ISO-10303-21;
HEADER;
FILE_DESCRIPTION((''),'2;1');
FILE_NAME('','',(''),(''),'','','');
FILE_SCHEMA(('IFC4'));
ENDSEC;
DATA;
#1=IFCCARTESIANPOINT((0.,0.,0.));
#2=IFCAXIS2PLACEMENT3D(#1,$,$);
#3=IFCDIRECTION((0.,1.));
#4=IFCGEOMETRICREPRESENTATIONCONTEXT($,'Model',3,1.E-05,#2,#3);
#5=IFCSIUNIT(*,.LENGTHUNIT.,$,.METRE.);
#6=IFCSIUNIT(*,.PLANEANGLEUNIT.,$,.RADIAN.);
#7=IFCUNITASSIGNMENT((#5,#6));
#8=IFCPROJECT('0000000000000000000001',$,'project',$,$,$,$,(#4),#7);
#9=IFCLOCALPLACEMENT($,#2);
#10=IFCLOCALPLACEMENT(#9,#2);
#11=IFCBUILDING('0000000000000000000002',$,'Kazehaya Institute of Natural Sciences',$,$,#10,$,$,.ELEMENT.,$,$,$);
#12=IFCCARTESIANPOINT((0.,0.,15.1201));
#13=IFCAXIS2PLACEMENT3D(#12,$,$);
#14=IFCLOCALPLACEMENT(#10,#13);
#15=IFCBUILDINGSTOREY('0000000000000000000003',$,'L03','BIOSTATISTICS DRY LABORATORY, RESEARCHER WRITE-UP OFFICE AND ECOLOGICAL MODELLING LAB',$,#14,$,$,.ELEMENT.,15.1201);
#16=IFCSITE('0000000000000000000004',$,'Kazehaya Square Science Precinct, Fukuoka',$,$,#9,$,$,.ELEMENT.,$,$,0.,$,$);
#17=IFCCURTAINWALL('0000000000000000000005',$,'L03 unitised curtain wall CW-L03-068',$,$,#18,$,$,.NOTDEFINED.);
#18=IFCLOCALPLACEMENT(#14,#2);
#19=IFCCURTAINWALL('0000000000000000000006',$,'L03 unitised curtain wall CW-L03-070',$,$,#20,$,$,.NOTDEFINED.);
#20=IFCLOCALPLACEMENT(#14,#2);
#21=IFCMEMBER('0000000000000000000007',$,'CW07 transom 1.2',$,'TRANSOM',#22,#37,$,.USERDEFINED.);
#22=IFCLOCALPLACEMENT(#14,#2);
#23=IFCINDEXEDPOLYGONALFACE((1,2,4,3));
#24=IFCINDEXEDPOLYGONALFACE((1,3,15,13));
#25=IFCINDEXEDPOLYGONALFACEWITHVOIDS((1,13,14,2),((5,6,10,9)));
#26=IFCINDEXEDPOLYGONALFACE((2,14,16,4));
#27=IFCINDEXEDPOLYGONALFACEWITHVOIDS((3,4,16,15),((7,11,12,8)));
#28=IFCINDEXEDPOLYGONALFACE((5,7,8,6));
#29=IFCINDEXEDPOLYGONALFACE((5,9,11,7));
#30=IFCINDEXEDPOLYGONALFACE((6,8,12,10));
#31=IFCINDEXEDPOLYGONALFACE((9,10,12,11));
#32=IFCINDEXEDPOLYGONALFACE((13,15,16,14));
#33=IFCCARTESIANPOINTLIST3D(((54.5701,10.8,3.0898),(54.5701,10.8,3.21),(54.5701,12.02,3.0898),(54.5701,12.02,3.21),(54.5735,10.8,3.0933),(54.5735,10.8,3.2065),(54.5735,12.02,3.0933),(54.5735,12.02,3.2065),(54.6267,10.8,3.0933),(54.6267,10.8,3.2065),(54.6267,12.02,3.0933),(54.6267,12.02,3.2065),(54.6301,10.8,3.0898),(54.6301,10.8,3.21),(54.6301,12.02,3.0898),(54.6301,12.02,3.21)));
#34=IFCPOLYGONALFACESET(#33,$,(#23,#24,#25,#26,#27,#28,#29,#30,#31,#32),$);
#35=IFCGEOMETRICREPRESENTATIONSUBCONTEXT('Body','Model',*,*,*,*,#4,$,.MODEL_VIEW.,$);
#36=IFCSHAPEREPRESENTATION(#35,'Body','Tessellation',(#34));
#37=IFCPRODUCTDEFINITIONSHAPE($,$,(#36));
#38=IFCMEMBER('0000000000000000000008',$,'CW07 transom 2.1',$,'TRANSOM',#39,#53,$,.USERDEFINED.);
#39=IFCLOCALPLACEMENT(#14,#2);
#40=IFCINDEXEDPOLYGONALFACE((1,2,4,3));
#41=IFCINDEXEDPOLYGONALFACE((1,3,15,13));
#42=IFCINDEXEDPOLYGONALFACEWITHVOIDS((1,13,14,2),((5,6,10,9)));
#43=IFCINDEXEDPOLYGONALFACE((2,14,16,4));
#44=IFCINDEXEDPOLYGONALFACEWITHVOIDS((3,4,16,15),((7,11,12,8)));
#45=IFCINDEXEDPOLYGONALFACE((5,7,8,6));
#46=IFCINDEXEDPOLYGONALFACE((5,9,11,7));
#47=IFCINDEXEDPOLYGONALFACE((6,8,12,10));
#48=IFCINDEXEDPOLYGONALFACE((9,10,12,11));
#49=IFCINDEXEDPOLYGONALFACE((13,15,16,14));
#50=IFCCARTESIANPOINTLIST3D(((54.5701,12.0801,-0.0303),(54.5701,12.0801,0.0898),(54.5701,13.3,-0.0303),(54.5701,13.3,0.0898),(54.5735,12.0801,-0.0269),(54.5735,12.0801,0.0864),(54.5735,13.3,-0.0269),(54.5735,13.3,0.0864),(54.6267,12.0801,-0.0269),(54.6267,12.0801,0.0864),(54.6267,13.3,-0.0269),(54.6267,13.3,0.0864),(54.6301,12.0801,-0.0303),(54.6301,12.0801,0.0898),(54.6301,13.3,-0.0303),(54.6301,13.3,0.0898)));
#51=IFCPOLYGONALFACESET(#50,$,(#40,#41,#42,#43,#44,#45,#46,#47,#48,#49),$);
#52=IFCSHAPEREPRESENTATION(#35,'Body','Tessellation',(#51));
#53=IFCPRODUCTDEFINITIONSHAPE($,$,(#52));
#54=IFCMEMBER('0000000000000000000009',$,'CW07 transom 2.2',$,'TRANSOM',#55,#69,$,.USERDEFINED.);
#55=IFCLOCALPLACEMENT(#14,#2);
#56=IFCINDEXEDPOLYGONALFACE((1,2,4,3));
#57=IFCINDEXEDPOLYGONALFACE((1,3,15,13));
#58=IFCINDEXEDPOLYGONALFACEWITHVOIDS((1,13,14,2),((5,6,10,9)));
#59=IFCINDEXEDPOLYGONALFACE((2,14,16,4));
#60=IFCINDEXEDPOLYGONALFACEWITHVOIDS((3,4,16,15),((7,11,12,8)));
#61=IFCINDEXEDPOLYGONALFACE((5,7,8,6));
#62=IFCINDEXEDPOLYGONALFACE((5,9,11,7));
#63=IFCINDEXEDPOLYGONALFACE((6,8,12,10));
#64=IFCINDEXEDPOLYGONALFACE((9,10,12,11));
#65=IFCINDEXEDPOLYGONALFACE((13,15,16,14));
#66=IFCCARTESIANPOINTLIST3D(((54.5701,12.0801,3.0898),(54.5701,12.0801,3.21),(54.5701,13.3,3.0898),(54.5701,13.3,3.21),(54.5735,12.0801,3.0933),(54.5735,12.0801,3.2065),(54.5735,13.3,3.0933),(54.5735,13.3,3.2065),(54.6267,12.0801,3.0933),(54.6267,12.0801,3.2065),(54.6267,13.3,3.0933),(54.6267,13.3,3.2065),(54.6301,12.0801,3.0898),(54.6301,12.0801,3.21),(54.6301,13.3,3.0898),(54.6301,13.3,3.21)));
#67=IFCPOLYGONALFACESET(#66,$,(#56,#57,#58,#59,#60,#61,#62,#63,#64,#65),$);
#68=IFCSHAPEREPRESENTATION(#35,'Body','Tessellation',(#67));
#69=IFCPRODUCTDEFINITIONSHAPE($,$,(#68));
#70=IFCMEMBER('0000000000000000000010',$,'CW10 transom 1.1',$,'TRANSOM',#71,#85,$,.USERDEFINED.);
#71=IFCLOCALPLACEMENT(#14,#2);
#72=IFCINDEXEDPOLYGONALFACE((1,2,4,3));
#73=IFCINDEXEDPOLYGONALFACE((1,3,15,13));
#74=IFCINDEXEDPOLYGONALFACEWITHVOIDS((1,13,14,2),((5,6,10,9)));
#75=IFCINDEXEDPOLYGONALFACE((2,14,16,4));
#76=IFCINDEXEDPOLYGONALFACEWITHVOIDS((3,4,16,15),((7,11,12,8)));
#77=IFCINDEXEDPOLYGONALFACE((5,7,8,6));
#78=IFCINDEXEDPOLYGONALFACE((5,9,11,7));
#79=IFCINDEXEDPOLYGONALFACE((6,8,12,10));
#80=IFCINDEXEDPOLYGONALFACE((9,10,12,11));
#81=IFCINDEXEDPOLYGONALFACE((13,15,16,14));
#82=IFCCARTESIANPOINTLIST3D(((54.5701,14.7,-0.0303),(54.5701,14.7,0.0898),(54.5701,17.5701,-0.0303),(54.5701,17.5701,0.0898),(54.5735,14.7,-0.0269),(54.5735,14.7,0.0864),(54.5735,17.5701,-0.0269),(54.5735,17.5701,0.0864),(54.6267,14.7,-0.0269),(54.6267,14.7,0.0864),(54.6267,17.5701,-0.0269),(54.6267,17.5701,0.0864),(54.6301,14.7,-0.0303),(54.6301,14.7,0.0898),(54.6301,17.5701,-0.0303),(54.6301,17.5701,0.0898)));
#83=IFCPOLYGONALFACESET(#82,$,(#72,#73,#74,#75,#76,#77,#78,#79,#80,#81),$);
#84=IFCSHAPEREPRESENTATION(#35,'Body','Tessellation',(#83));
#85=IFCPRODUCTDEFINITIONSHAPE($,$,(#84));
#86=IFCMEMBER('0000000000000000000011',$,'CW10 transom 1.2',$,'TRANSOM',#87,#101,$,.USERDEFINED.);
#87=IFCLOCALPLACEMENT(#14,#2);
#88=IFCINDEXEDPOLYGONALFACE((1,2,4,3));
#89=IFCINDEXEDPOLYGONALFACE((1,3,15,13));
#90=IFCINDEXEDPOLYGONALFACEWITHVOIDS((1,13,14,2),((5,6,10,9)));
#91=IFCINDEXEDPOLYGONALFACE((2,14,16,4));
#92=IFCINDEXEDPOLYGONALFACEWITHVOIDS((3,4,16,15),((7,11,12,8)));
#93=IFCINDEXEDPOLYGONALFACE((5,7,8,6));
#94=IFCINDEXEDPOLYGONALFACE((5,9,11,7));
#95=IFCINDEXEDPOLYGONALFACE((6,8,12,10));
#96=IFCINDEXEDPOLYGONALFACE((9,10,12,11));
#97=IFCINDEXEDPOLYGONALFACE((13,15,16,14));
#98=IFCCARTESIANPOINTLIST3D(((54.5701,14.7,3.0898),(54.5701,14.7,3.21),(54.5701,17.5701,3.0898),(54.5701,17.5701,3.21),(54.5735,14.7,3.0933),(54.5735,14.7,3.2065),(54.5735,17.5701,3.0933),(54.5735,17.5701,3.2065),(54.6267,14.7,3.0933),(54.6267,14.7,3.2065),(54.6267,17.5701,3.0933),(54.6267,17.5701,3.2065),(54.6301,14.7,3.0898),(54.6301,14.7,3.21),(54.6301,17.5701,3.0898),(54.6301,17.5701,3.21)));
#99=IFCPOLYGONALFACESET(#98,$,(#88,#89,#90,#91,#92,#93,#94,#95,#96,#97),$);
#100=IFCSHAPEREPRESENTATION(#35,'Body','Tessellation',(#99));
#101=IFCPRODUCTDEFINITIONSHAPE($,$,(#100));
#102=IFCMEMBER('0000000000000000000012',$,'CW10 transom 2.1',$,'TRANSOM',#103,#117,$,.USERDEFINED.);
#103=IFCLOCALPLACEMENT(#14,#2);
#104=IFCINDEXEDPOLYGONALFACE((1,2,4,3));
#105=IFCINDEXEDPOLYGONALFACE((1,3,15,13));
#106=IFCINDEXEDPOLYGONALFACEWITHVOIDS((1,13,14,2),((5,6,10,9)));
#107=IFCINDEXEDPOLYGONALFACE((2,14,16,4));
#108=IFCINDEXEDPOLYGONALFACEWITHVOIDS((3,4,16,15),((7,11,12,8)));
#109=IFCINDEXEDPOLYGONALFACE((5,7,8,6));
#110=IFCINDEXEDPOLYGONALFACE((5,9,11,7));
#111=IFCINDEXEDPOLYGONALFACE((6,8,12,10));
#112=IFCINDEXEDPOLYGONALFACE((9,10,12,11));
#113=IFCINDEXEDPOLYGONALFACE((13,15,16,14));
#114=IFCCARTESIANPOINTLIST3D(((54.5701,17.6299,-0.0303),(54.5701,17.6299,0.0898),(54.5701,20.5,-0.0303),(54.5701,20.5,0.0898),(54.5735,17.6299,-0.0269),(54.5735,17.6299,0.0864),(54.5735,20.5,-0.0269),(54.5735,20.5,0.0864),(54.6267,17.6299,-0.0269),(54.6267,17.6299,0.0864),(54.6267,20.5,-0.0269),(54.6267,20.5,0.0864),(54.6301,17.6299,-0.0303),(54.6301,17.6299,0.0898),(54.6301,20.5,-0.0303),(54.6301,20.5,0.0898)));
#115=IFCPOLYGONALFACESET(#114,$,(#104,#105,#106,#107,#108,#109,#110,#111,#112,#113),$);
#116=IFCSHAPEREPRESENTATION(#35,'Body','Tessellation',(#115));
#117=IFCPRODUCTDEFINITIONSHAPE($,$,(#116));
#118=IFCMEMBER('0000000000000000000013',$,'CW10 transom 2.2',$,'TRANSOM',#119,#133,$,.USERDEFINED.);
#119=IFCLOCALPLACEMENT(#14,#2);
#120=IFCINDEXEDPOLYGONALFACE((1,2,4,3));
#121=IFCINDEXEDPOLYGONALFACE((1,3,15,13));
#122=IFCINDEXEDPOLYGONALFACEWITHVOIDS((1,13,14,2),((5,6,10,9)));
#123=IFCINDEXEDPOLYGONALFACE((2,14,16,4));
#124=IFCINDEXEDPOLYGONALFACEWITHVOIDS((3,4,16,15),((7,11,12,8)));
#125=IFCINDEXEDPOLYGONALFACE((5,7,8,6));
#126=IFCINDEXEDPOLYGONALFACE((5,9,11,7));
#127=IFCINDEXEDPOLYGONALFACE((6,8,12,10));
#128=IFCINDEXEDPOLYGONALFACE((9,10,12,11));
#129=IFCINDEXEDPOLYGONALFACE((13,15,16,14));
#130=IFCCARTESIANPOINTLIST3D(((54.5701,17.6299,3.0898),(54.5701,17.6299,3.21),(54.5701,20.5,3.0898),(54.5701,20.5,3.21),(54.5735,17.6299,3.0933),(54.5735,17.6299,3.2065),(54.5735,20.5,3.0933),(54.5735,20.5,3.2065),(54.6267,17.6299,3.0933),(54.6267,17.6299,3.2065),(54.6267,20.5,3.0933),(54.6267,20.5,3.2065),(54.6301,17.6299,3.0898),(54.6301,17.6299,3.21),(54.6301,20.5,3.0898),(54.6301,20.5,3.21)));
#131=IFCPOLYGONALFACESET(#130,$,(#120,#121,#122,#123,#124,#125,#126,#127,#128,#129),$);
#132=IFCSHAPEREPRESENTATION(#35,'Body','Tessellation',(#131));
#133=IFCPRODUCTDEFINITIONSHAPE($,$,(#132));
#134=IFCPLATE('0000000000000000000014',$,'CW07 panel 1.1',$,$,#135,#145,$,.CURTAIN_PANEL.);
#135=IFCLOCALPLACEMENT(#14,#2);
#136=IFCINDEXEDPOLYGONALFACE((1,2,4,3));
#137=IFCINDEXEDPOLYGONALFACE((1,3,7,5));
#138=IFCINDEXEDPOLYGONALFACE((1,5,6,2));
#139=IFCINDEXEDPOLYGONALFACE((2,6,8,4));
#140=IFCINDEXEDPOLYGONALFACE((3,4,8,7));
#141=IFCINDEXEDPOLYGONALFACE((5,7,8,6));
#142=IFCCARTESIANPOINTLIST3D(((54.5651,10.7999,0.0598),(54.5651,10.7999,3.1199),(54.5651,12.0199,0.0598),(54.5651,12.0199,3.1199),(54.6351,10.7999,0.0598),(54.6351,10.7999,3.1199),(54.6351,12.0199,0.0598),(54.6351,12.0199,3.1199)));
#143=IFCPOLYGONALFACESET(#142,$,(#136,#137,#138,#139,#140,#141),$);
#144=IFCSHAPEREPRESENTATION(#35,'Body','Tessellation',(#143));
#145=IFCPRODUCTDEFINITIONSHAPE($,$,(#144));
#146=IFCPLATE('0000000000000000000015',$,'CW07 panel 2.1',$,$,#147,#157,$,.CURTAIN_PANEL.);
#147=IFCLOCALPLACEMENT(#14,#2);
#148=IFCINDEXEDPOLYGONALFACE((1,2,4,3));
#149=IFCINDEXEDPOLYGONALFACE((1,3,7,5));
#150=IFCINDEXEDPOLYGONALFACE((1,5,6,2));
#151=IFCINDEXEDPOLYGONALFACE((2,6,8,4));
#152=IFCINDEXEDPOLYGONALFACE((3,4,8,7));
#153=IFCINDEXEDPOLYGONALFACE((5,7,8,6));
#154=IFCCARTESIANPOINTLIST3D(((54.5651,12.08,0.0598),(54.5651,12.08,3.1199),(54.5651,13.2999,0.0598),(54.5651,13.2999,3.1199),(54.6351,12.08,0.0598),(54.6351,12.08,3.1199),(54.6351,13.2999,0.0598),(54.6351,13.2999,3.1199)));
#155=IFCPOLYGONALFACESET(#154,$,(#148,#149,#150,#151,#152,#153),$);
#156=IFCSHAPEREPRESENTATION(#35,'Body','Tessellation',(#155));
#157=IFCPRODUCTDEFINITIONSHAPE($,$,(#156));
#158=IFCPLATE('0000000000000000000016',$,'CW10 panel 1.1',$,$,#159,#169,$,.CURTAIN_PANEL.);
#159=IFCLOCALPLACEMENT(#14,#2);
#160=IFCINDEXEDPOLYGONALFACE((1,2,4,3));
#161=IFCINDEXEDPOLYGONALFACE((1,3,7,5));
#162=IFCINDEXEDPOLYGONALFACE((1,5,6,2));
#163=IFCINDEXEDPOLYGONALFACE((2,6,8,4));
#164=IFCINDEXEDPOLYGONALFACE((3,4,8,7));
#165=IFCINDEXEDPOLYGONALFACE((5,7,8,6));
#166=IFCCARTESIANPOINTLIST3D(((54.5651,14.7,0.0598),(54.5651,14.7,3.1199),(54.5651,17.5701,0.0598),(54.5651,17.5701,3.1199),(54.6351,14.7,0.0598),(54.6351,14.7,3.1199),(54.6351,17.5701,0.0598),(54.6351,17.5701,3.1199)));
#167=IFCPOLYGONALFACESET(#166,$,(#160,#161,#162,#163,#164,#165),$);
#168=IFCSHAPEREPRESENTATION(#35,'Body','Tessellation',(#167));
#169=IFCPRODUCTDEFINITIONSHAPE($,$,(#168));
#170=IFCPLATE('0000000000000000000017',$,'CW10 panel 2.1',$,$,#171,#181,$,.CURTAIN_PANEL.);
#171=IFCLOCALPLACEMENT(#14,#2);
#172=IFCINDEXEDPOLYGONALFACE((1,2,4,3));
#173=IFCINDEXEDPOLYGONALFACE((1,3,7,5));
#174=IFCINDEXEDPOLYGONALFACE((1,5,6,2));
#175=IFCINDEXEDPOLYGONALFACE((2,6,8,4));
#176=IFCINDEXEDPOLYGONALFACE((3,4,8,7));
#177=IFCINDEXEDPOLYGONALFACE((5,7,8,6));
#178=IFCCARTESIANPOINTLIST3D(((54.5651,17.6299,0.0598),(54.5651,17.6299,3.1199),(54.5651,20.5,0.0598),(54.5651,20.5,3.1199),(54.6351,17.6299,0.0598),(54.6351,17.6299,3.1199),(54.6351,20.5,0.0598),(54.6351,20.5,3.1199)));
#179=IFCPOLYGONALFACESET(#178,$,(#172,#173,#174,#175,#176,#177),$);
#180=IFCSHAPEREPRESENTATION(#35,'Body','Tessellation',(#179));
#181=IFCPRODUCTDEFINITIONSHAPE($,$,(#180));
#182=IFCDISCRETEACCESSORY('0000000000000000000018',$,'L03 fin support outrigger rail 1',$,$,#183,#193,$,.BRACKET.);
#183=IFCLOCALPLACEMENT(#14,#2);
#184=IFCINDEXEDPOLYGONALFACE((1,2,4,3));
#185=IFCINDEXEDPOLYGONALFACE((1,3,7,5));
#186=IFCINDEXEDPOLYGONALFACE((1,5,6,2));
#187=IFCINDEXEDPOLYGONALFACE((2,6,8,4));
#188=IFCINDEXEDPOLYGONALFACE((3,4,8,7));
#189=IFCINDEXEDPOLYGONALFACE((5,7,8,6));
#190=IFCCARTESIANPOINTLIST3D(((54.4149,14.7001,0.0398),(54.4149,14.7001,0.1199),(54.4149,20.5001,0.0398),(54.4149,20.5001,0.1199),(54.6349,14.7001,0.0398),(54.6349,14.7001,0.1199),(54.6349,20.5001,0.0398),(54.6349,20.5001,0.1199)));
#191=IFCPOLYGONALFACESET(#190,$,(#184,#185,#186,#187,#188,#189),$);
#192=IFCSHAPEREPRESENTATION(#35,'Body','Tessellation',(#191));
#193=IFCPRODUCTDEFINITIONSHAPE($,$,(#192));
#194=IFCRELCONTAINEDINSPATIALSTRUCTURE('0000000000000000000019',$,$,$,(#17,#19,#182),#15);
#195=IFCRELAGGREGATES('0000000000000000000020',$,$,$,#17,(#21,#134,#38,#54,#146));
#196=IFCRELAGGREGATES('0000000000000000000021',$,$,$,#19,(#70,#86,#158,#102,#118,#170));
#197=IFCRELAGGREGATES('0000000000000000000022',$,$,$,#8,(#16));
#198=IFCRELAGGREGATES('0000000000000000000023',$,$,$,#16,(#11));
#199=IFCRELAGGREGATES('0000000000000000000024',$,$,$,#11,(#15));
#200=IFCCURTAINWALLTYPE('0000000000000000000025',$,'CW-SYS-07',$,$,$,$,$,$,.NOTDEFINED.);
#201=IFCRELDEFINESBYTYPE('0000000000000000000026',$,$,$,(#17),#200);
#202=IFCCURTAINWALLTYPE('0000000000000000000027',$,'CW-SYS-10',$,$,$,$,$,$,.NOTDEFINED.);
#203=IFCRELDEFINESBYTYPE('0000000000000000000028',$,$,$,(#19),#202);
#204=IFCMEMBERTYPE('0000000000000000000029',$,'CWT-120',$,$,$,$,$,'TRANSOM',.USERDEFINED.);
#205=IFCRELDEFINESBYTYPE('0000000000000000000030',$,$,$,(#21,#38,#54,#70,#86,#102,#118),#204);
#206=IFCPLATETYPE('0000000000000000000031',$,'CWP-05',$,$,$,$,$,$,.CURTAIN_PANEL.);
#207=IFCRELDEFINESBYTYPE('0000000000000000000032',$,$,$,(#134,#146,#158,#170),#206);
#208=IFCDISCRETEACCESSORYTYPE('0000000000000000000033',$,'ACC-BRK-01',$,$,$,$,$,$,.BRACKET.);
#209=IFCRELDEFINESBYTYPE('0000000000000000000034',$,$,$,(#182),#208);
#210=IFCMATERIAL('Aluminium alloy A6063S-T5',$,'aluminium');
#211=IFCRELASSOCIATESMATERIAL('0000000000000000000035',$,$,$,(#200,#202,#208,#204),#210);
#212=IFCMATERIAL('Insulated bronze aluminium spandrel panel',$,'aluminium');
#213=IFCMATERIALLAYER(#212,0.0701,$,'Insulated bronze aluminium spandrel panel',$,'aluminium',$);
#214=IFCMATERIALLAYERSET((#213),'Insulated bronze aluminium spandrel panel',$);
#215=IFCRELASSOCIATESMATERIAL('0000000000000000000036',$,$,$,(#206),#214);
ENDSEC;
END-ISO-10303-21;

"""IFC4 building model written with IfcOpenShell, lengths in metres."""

from ifc_helpers import new_model, si_unit, direction, frame, origin, origin_2d, place, context, subcontext, project, spatial, rectangle, hollow_rectangle, extrude, material, layer, layer_set, material_profile, profile_set, type_object, element, aggregate, save


model = new_model("IFC4")

# Units and contexts
model_context = context("Model", 3, precision=1e-05, world=origin(), true_north=direction((0.0, 1.0)))
body_context = subcontext(model_context, "Body", "Model", "MODEL_VIEW")
ifc_project = project(units=[si_unit("LENGTHUNIT", "METRE"), si_unit("PLANEANGLEUNIT", "RADIAN")], contexts=[model_context])

# Site, building, storey
site_placement = place(None, origin())
site = spatial("IfcSite", under=ifc_project, at=site_placement, Name="Kazehaya Square Science Precinct, Fukuoka", CompositionType="ELEMENT", RefElevation=0.0)
building_placement = place(site_placement, origin())
building = spatial("IfcBuilding", under=site, at=building_placement, Name="Kazehaya Institute of Natural Sciences", CompositionType="ELEMENT")
storey_placement = place(building_placement, frame((0.0, 0.0, 15.1201)))
storey = spatial("IfcBuildingStorey", under=building, at=storey_placement, Name="L03", Description="BIOSTATISTICS DRY LABORATORY, RESEARCHER WRITE-UP OFFICE AND ECOLOGICAL MODELLING LAB", CompositionType="ELEMENT", Elevation=15.1201)

# Curtain walls
ifc_material_1 = material(Name="Aluminium alloy A6063S-T5", Category="aluminium")
curtain_wall_type_1 = type_object("IfcCurtainWallType", Name="CW-SYS-07", PredefinedType="NOTDEFINED", material=ifc_material_1)
curtain_wall_1_placement = place(storey_placement, origin())
curtain_wall_1 = element("IfcCurtainWall", 1, at=curtain_wall_1_placement, inside=storey, type_object=curtain_wall_type_1, Name="L03 unitised curtain wall CW-L03-068", PredefinedType="NOTDEFINED")
curtain_wall_type_2 = type_object("IfcCurtainWallType", Name="CW-SYS-10", PredefinedType="NOTDEFINED", material=ifc_material_1)
curtain_wall_2_placement = place(storey_placement, origin())
curtain_wall_2 = element("IfcCurtainWall", 2, at=curtain_wall_2_placement, inside=storey, type_object=curtain_wall_type_2, Name="L03 unitised curtain wall CW-L03-070", PredefinedType="NOTDEFINED")

# Members
ifc_material_profile_1 = material_profile(ifc_material_1, hollow_rectangle(XDim=0.0601, YDim=0.1201, WallThickness=0.0034, at=origin_2d()), Name="ALU-60x120x3.5")
ifc_profile_set_1 = profile_set([ifc_material_profile_1], Name="Aluminium alloy A6063S-T5")
member_type_1 = type_object("IfcMemberType", Name="CWT-120", ElementType="TRANSOM", PredefinedType="USERDEFINED", material=ifc_profile_set_1)
member_1_placement = place(storey_placement, frame((54.6001, 10.8, 3.1499), z_axis=(0.0, 1.0, 0.0), x_axis=(-1.0, 0.0, 0.0)))
member_1 = element("IfcMember", 3, at=member_1_placement, type_object=member_type_1, Name="CW07 transom 1.2", ObjectType="TRANSOM", PredefinedType="USERDEFINED", context=body_context, shape_type="SweptSolid", body=[
    extrude(hollow_rectangle(XDim=0.0601, YDim=0.1201, WallThickness=0.0034, at=origin_2d()), origin(), (0.0, 0.0, 1.0), 1.22),
])
member_2_placement = place(storey_placement, frame((54.6001, 12.0801, 0.0298), z_axis=(0.0, 1.0, 0.0), x_axis=(-1.0, 0.0, 0.0)))
member_2 = element("IfcMember", 4, at=member_2_placement, type_object=member_type_1, Name="CW07 transom 2.1", ObjectType="TRANSOM", PredefinedType="USERDEFINED", context=body_context, shape_type="SweptSolid", body=[
    extrude(hollow_rectangle(XDim=0.0601, YDim=0.1201, WallThickness=0.0034, at=origin_2d()), origin(), (0.0, 0.0, 1.0), 1.22),
])
member_3_placement = place(storey_placement, frame((54.6001, 12.0801, 3.1499), z_axis=(0.0, 1.0, 0.0), x_axis=(-1.0, 0.0, 0.0)))
member_3 = element("IfcMember", 5, at=member_3_placement, type_object=member_type_1, Name="CW07 transom 2.2", ObjectType="TRANSOM", PredefinedType="USERDEFINED", context=body_context, shape_type="SweptSolid", body=[
    extrude(hollow_rectangle(XDim=0.0601, YDim=0.1201, WallThickness=0.0034, at=origin_2d()), origin(), (0.0, 0.0, 1.0), 1.22),
])
member_4_placement = place(storey_placement, frame((54.6001, 14.7, 0.0298), z_axis=(0.0, 1.0, 0.0), x_axis=(-1.0, 0.0, 0.0)))
member_4 = element("IfcMember", 6, at=member_4_placement, type_object=member_type_1, Name="CW10 transom 1.1", ObjectType="TRANSOM", PredefinedType="USERDEFINED", context=body_context, shape_type="SweptSolid", body=[
    extrude(hollow_rectangle(XDim=0.0601, YDim=0.1201, WallThickness=0.0034, at=origin_2d()), origin(), (0.0, 0.0, 1.0), 2.8701),
])
member_5_placement = place(storey_placement, frame((54.6001, 14.7, 3.1499), z_axis=(0.0, 1.0, 0.0), x_axis=(-1.0, 0.0, 0.0)))
member_5 = element("IfcMember", 7, at=member_5_placement, type_object=member_type_1, Name="CW10 transom 1.2", ObjectType="TRANSOM", PredefinedType="USERDEFINED", context=body_context, shape_type="SweptSolid", body=[
    extrude(hollow_rectangle(XDim=0.0601, YDim=0.1201, WallThickness=0.0034, at=origin_2d()), origin(), (0.0, 0.0, 1.0), 2.8701),
])
member_6_placement = place(storey_placement, frame((54.6001, 17.6299, 0.0298), z_axis=(0.0, 1.0, 0.0), x_axis=(-1.0, 0.0, 0.0)))
member_6 = element("IfcMember", 8, at=member_6_placement, type_object=member_type_1, Name="CW10 transom 2.1", ObjectType="TRANSOM", PredefinedType="USERDEFINED", context=body_context, shape_type="SweptSolid", body=[
    extrude(hollow_rectangle(XDim=0.0601, YDim=0.1201, WallThickness=0.0034, at=origin_2d()), origin(), (0.0, 0.0, 1.0), 2.8701),
])
member_7_placement = place(storey_placement, frame((54.6001, 17.6299, 3.1499), z_axis=(0.0, 1.0, 0.0), x_axis=(-1.0, 0.0, 0.0)))
member_7 = element("IfcMember", 9, at=member_7_placement, type_object=member_type_1, Name="CW10 transom 2.2", ObjectType="TRANSOM", PredefinedType="USERDEFINED", context=body_context, shape_type="SweptSolid", body=[
    extrude(hollow_rectangle(XDim=0.0601, YDim=0.1201, WallThickness=0.0034, at=origin_2d()), origin(), (0.0, 0.0, 1.0), 2.8701),
])

# Plates
ifc_material_2 = material(Name="Insulated bronze aluminium spandrel panel", Category="aluminium")
ifc_layer = layer(ifc_material_2, 0.0701, Name="Insulated bronze aluminium spandrel panel", Category="aluminium")
ifc_layer_set = layer_set([ifc_layer], Name="Insulated bronze aluminium spandrel panel")
plate_type = type_object("IfcPlateType", Name="CWP-05", PredefinedType="CURTAIN_PANEL", material=ifc_layer_set)
plate_1_placement = place(storey_placement, frame((54.6001, 11.4099, 0.0598), z_axis=(0.0, 0.0, 1.0), x_axis=(0.0, 1.0, 0.0)))
plate_1 = element("IfcPlate", 10, at=plate_1_placement, type_object=plate_type, Name="CW07 panel 1.1", PredefinedType="CURTAIN_PANEL", context=body_context, shape_type="SweptSolid", body=[
    extrude(rectangle(XDim=1.22, YDim=0.0701, at=origin_2d()), origin(), (0.0, 0.0, 1.0), 3.0601),
])
plate_2_placement = place(storey_placement, frame((54.6001, 12.6899, 0.0598), z_axis=(0.0, 0.0, 1.0), x_axis=(0.0, 1.0, 0.0)))
plate_2 = element("IfcPlate", 11, at=plate_2_placement, type_object=plate_type, Name="CW07 panel 2.1", PredefinedType="CURTAIN_PANEL", context=body_context, shape_type="SweptSolid", body=[
    extrude(rectangle(XDim=1.22, YDim=0.0701, at=origin_2d()), origin(), (0.0, 0.0, 1.0), 3.0601),
])
aggregate(curtain_wall_1, [member_1, plate_1, member_2, member_3, plate_2])
plate_3_placement = place(storey_placement, frame((54.6001, 16.135, 0.0598), z_axis=(0.0, 0.0, 1.0), x_axis=(0.0, 1.0, 0.0)))
plate_3 = element("IfcPlate", 12, at=plate_3_placement, type_object=plate_type, Name="CW10 panel 1.1", PredefinedType="CURTAIN_PANEL", context=body_context, shape_type="SweptSolid", body=[
    extrude(rectangle(XDim=2.8701, YDim=0.0701, at=origin_2d()), origin(), (0.0, 0.0, 1.0), 3.0601),
])
plate_4_placement = place(storey_placement, frame((54.6001, 19.0649, 0.0598), z_axis=(0.0, 0.0, 1.0), x_axis=(0.0, 1.0, 0.0)))
plate_4 = element("IfcPlate", 13, at=plate_4_placement, type_object=plate_type, Name="CW10 panel 2.1", PredefinedType="CURTAIN_PANEL", context=body_context, shape_type="SweptSolid", body=[
    extrude(rectangle(XDim=2.8701, YDim=0.0701, at=origin_2d()), origin(), (0.0, 0.0, 1.0), 3.0601),
])
aggregate(curtain_wall_2, [member_4, member_5, plate_3, member_6, member_7, plate_4])

# Discrete accessory
discrete_accessory_type = type_object("IfcDiscreteAccessoryType", Name="ACC-BRK-01", PredefinedType="BRACKET", material=ifc_material_1)
for number, where, z_axis, x_axis, name in (
    (14, (54.5249, 17.6001, 0.0398), (0.0, 0.0, 1.0), (0.0, 1.0, 0.0), "L03 fin support outrigger rail 1"),
):
    element("IfcDiscreteAccessory", number, at=place(storey_placement, frame(where, z_axis=z_axis, x_axis=x_axis)), inside=storey, type_object=discrete_accessory_type, Name=name, PredefinedType="BRACKET", context=body_context, shape_type="SweptSolid", body=[
        extrude(rectangle(XDim=5.8, YDim=0.22, at=origin_2d()), origin(), (0.0, 0.0, 1.0), 0.0801),
    ])

save(model, "model.ifc")
